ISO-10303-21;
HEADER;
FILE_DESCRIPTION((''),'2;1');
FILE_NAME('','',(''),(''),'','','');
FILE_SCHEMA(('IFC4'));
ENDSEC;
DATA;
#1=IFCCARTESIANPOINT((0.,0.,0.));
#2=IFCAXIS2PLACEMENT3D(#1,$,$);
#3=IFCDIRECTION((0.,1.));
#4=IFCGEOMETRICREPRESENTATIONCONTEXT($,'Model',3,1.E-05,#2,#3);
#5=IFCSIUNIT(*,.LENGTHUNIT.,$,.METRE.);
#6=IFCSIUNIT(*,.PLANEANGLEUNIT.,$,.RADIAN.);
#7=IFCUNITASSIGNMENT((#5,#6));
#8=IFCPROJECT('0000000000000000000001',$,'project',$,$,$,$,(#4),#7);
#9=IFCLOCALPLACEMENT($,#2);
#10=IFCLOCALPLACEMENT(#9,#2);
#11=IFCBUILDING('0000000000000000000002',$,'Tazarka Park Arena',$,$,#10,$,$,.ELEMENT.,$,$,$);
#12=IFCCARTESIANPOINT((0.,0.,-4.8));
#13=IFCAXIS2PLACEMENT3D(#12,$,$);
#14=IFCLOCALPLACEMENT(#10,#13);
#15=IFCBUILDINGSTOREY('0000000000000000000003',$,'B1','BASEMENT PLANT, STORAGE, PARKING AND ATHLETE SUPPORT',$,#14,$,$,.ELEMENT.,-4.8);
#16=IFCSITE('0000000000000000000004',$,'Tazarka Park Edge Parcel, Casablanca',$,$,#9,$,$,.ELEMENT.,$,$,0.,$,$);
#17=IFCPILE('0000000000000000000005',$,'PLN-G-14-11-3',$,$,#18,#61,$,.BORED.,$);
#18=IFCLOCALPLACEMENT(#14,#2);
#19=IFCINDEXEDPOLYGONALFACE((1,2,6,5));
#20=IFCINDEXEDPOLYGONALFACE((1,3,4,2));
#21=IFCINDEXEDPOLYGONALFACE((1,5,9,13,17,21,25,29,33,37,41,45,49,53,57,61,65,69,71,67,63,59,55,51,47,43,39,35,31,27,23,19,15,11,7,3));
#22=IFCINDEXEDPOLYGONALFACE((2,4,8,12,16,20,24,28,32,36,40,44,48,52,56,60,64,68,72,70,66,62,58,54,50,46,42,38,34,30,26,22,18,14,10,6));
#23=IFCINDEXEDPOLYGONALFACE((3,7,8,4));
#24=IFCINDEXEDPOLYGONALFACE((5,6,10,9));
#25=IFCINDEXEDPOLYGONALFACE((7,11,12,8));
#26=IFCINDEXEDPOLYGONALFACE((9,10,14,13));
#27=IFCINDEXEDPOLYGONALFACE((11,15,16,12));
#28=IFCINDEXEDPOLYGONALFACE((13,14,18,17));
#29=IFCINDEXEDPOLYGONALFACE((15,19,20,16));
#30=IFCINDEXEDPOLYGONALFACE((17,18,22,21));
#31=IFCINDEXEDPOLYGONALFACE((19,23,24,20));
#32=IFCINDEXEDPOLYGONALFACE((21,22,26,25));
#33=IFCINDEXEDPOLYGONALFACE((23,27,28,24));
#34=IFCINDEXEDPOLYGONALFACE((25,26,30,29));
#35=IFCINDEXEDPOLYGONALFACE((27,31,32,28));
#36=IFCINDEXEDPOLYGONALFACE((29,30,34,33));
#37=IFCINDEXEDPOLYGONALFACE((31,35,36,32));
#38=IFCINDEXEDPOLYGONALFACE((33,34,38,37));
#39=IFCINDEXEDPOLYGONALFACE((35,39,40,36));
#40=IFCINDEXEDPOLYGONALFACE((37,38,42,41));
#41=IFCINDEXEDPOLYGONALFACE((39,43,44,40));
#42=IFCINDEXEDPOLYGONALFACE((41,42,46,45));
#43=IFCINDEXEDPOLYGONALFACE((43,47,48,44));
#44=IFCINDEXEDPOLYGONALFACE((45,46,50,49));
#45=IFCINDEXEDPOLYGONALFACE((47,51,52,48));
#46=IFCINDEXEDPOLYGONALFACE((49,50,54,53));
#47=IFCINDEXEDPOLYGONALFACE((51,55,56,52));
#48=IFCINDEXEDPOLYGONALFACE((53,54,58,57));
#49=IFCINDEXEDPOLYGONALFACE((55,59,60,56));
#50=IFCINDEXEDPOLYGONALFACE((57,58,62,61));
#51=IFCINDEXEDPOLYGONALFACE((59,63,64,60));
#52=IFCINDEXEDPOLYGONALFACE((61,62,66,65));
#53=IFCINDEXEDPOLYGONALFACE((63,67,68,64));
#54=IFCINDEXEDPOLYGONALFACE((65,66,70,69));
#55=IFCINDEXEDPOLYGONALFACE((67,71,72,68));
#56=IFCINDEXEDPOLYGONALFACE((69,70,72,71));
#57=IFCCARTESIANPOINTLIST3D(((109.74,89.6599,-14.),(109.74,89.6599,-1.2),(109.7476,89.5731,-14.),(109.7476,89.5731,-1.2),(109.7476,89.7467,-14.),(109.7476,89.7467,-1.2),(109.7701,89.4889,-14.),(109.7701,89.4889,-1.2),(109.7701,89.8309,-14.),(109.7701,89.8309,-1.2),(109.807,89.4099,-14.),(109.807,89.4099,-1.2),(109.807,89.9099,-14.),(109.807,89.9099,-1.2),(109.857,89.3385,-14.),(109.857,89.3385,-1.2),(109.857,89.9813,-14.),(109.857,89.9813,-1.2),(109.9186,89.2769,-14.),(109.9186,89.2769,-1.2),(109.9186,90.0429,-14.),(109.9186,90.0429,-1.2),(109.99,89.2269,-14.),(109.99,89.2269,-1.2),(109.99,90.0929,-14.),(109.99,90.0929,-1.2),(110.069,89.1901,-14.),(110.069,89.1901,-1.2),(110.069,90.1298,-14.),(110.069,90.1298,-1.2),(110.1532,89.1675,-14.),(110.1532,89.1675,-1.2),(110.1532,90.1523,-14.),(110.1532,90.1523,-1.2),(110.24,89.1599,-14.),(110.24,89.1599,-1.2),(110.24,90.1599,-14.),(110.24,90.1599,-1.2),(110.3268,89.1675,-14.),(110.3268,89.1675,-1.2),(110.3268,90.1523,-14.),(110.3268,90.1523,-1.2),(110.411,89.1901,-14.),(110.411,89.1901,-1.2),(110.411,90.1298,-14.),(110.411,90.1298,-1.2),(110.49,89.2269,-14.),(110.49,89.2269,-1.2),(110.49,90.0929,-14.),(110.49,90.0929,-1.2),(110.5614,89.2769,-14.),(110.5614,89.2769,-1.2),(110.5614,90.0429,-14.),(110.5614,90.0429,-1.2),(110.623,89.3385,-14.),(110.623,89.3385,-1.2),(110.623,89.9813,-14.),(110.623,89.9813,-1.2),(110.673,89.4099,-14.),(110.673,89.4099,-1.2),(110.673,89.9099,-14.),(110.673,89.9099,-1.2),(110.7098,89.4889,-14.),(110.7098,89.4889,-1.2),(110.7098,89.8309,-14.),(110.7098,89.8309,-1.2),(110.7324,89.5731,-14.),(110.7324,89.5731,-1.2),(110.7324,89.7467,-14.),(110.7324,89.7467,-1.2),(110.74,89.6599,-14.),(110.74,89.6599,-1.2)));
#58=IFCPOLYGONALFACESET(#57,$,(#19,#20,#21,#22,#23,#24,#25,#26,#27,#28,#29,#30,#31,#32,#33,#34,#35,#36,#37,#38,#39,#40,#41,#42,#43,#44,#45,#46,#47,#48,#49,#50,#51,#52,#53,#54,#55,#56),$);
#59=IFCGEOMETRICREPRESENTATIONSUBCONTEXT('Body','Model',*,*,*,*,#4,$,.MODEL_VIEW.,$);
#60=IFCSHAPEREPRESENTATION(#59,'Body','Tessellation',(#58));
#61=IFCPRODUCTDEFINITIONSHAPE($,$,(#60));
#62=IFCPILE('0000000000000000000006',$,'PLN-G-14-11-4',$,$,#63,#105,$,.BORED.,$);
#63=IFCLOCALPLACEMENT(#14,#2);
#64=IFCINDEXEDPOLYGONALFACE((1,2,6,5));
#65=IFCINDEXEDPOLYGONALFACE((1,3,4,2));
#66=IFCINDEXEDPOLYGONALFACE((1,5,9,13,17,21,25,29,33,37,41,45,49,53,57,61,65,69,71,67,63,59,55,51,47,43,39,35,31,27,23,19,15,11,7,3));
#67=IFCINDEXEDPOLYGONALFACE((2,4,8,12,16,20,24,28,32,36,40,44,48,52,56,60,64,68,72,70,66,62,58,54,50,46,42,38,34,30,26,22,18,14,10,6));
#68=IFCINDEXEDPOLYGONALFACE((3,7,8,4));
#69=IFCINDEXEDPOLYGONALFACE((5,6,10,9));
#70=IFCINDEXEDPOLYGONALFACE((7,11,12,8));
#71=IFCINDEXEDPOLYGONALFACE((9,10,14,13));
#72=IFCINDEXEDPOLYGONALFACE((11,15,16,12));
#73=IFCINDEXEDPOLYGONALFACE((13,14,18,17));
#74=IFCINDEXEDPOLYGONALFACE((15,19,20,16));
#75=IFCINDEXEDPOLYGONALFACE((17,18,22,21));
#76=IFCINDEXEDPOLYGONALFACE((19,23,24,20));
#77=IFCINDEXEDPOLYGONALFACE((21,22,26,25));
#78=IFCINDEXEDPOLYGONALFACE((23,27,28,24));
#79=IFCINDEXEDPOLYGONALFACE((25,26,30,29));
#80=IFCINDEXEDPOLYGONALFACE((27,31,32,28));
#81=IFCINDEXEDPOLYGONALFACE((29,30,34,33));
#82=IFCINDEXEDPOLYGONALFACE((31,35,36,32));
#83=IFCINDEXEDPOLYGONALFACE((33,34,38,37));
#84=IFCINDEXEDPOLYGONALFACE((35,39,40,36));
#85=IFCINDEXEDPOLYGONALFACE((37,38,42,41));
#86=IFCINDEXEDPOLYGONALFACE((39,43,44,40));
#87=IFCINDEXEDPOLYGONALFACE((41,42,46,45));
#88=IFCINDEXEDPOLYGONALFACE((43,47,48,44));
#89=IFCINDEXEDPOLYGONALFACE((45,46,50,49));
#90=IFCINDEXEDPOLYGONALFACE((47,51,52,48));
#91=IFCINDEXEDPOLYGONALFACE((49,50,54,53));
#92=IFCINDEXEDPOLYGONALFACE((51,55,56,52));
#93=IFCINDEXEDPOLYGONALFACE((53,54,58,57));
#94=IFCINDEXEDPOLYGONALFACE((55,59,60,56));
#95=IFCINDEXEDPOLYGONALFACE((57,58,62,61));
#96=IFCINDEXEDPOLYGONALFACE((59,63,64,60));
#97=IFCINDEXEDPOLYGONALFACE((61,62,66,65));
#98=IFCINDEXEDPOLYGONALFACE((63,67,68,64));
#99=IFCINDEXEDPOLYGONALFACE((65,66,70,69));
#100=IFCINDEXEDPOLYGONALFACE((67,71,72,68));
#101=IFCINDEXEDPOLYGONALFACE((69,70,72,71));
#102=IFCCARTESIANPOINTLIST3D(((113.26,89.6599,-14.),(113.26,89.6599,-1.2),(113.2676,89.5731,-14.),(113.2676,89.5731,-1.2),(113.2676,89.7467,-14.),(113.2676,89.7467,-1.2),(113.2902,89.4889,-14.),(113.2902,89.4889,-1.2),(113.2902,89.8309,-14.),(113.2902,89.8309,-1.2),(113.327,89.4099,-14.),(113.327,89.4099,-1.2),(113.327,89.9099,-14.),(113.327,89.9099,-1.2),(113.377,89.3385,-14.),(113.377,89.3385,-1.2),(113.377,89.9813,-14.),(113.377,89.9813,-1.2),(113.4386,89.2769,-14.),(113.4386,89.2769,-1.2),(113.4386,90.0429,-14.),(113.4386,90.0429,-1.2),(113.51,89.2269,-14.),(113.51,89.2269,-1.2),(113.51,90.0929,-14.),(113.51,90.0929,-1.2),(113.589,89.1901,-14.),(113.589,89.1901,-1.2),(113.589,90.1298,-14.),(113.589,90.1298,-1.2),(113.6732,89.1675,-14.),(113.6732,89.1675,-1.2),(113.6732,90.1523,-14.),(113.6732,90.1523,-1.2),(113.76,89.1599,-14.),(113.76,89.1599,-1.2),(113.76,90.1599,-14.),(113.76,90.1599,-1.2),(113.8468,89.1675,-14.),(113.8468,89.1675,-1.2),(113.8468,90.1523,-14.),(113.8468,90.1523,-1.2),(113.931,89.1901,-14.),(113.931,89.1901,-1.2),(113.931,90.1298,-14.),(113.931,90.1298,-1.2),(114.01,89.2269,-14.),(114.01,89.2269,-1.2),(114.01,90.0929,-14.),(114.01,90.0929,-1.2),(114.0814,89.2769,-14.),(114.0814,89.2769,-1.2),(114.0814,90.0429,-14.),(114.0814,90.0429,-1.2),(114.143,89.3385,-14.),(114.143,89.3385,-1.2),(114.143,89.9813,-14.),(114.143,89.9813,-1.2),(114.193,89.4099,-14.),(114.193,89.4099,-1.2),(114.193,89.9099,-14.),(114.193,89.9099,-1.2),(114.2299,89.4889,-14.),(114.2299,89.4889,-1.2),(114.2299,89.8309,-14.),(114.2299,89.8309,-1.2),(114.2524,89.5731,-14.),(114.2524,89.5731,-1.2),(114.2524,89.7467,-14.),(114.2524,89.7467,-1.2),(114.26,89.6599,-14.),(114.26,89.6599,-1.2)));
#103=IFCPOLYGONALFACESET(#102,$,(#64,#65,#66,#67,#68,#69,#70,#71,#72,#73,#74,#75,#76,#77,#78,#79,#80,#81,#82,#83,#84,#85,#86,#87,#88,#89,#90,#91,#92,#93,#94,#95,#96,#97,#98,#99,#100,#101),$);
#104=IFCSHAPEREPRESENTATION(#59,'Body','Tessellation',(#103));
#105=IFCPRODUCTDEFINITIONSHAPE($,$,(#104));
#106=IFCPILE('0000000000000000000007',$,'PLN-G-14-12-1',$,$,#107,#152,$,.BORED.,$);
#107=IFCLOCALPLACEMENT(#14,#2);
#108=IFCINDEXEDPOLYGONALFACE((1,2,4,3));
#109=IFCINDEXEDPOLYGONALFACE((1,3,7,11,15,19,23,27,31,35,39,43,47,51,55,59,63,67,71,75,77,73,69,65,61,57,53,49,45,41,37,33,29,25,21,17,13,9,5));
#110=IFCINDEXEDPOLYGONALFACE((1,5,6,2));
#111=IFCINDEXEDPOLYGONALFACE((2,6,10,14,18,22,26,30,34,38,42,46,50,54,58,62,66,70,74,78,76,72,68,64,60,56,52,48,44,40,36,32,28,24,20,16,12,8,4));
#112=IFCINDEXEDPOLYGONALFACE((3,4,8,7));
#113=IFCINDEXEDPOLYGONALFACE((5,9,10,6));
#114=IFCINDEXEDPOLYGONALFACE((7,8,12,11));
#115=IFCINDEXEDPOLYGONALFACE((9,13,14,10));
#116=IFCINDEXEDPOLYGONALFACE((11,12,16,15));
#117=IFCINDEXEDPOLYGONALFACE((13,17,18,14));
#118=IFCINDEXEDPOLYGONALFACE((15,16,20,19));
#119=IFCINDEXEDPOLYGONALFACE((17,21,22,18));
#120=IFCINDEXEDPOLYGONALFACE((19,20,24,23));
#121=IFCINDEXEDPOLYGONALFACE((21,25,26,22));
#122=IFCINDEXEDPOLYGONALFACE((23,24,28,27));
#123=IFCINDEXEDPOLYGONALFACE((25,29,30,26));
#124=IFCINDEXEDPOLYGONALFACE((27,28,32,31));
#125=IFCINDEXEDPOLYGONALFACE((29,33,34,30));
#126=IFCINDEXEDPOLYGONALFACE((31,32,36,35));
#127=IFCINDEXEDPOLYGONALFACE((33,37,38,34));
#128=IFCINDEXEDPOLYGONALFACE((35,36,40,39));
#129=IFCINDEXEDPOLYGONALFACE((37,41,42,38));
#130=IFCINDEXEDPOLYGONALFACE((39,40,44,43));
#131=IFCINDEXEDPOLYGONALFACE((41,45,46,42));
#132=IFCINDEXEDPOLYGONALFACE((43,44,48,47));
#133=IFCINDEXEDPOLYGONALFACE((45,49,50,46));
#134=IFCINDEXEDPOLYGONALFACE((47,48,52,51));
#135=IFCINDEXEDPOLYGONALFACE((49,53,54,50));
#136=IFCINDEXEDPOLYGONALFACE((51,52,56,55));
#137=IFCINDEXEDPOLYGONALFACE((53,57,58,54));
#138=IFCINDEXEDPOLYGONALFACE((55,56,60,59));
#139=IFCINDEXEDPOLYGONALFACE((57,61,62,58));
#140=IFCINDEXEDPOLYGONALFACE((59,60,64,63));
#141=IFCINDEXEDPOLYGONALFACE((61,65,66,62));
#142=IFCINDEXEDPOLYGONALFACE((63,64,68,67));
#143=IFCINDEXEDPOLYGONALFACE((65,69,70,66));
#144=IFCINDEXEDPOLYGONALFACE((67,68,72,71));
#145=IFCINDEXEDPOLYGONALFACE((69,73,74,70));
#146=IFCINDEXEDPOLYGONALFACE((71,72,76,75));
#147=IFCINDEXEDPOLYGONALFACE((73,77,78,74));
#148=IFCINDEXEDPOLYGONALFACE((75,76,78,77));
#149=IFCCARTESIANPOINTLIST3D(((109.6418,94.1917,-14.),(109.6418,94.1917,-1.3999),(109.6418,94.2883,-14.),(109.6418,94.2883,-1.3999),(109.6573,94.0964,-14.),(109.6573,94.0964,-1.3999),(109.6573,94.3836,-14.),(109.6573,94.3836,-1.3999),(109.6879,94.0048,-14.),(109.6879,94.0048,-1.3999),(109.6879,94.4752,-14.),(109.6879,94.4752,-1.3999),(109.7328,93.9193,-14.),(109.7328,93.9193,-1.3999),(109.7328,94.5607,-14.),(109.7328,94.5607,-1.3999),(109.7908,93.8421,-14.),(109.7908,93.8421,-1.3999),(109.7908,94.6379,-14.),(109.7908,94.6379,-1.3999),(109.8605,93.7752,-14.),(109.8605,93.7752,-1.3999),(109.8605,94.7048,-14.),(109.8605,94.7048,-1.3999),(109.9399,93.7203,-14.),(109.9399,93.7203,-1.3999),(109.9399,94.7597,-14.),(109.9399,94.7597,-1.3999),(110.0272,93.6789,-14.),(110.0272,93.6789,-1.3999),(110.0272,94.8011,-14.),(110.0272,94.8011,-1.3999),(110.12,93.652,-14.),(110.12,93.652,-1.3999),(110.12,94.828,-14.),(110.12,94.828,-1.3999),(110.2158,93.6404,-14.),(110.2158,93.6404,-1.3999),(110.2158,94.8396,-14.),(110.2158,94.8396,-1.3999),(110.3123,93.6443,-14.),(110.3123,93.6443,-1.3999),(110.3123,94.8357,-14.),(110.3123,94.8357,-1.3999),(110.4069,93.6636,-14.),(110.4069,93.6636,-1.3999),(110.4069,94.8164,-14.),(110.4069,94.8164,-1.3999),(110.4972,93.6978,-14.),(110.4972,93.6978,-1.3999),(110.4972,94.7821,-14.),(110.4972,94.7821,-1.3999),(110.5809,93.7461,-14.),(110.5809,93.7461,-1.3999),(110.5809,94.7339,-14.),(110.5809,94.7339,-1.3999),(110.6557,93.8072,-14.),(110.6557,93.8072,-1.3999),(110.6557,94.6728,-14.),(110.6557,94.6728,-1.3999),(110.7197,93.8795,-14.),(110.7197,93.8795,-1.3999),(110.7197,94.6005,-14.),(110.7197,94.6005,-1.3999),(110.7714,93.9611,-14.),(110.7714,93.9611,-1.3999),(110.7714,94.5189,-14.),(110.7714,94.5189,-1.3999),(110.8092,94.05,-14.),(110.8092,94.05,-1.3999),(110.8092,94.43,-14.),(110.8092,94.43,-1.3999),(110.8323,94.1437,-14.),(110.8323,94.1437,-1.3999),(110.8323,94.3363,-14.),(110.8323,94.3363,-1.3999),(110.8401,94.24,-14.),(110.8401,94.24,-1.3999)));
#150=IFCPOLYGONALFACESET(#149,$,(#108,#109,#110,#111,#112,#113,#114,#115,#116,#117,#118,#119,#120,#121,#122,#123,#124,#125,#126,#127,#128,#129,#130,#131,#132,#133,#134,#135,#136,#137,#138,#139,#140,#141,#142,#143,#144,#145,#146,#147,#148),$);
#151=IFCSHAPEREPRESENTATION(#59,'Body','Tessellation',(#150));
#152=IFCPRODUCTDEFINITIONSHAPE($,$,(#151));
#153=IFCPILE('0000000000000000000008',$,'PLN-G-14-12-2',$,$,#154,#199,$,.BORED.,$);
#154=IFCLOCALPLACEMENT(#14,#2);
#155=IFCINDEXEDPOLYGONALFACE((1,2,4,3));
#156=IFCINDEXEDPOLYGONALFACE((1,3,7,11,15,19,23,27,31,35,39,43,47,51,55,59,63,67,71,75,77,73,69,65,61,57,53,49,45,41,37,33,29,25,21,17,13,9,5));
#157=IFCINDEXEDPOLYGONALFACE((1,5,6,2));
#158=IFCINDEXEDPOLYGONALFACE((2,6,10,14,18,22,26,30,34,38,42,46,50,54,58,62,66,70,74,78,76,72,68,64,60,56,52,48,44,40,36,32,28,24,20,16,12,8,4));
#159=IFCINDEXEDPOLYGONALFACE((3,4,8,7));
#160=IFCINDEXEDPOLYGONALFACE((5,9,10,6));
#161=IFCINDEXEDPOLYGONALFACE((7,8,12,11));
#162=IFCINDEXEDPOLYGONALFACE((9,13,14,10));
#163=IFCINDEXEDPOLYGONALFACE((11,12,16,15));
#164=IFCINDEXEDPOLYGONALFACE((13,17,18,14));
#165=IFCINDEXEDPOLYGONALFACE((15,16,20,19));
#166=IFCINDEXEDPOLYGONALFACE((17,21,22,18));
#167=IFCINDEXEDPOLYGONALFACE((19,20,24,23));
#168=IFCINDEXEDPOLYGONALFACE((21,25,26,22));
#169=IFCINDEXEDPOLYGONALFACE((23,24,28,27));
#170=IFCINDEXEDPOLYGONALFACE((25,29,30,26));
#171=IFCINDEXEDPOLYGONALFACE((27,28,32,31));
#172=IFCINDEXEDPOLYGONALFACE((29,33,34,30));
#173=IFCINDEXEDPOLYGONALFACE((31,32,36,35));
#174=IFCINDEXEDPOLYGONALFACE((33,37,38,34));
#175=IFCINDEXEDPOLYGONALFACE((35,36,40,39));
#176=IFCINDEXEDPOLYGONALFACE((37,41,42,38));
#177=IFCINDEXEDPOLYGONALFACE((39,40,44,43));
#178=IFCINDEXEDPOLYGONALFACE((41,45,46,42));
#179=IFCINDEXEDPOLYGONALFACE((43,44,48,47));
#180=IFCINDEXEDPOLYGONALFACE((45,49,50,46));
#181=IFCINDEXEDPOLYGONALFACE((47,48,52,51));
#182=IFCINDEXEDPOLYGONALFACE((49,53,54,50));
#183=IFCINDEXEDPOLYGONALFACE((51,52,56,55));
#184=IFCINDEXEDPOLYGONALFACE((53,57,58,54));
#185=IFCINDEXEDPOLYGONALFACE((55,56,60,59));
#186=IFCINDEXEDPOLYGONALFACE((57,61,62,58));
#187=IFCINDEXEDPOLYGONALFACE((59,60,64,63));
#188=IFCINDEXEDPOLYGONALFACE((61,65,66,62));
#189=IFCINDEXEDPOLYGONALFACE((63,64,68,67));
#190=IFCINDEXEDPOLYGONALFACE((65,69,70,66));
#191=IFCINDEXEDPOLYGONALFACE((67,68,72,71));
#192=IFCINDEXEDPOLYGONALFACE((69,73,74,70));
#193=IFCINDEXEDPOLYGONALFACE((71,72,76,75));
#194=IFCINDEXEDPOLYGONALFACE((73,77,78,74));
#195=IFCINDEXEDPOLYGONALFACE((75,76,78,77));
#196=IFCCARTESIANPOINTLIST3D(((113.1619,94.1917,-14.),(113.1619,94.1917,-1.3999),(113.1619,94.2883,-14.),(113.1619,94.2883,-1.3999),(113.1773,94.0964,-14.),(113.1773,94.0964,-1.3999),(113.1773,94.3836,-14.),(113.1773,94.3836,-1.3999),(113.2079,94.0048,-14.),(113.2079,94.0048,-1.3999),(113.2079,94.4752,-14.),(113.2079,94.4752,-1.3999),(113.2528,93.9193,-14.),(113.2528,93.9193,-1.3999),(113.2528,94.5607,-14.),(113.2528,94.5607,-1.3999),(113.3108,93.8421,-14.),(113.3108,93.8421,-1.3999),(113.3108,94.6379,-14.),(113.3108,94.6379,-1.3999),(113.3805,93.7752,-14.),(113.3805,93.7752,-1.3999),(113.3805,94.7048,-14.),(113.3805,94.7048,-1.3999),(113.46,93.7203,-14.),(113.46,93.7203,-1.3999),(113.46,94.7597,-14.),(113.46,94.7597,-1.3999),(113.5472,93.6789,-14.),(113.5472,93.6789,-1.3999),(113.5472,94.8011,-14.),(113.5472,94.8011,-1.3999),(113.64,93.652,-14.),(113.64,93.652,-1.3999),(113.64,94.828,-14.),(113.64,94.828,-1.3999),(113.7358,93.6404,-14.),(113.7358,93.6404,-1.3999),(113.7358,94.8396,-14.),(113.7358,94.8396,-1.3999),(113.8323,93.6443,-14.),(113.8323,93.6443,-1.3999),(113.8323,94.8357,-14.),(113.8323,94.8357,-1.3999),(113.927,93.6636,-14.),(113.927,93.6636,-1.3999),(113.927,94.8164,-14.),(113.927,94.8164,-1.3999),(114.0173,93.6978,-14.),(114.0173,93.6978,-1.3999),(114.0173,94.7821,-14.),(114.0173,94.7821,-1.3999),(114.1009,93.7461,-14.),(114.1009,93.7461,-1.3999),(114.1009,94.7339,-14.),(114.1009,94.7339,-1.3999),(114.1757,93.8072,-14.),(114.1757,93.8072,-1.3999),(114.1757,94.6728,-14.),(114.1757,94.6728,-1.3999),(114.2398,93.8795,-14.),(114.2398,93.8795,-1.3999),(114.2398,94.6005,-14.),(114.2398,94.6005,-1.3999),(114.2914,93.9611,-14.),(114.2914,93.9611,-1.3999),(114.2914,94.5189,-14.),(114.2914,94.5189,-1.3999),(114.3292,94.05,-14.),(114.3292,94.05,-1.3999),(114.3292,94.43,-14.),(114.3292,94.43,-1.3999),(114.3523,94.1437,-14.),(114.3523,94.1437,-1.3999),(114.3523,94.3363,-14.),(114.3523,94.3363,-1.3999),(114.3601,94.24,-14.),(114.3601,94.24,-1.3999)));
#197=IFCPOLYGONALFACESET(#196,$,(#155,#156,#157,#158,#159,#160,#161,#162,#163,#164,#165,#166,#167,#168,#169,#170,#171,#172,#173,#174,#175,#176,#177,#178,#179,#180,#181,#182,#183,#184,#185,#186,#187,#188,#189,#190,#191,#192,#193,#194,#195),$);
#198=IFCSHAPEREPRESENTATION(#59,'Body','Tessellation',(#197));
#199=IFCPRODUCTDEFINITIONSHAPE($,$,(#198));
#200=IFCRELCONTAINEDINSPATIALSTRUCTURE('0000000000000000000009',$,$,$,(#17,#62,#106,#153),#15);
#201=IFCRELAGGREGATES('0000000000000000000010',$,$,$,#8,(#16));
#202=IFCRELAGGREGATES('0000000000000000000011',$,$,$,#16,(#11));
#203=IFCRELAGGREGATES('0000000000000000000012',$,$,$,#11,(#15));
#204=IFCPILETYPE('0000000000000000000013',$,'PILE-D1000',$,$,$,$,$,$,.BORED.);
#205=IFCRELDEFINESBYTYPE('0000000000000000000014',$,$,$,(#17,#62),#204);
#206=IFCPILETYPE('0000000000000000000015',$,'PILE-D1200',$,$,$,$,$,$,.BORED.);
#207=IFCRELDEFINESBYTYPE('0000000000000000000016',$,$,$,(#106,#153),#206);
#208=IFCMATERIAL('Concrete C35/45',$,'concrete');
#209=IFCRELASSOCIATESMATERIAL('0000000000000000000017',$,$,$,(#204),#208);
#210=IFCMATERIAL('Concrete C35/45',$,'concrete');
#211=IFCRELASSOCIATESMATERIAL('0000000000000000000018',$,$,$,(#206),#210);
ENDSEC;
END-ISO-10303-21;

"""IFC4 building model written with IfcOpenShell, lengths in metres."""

from ifc_helpers import new_model, si_unit, direction, frame, origin, origin_2d, place, context, subcontext, project, spatial, circle, extrude, material, material_profile, profile_set, type_object, element, save


model = new_model("IFC4")

# Units and contexts
model_context = context("Model", 3, precision=1e-05, world=origin(), true_north=direction((0.0, 1.0)))
body_context = subcontext(model_context, "Body", "Model", "MODEL_VIEW")
ifc_project = project(units=[si_unit("LENGTHUNIT", "METRE"), si_unit("PLANEANGLEUNIT", "RADIAN")], contexts=[model_context])

# Site, building, storey
site_placement = place(None, origin())
site = spatial("IfcSite", under=ifc_project, at=site_placement, Name="Tazarka Park Edge Parcel, Casablanca", CompositionType="ELEMENT", RefElevation=0.0)
building_placement = place(site_placement, origin())
building = spatial("IfcBuilding", under=site, at=building_placement, Name="Tazarka Park Arena", CompositionType="ELEMENT")
storey_placement = place(building_placement, frame((0.0, 0.0, -4.8)))
storey = spatial("IfcBuildingStorey", under=building, at=storey_placement, Name="B1", Description="BASEMENT PLANT, STORAGE, PARKING AND ATHLETE SUPPORT", CompositionType="ELEMENT", Elevation=-4.8)

# Piles
ifc_material_1 = material(Name="Concrete C35/45", Category="concrete")
ifc_material_profile_1 = material_profile(ifc_material_1, circle(Radius=0.5, at=origin_2d()), Name="Concrete C35/45")
ifc_profile_set_1 = profile_set([ifc_material_profile_1], Name="Concrete C35/45")
pile_type_1 = type_object("IfcPileType", Name="PILE-D1000", PredefinedType="BORED", material=ifc_profile_set_1)
for number, where, z_axis, x_axis, name in (
    (1, (110.24, 89.6599, -1.2), (0.0, 0.0, -1.0), (1.0, 0.0, 0.0), "PLN-G-14-11-3"),
    (2, (113.76, 89.6599, -1.2), (0.0, 0.0, -1.0), (1.0, 0.0, 0.0), "PLN-G-14-11-4"),
):
    element("IfcPile", number, at=place(storey_placement, frame(where, z_axis=z_axis, x_axis=x_axis)), inside=storey, type_object=pile_type_1, Name=name, PredefinedType="BORED", context=body_context, shape_type="SweptSolid", body=[
        extrude(circle(Radius=0.5, at=origin_2d()), origin(), (0.0, 0.0, 1.0), 12.8),
    ])
ifc_material_2 = material(Name="Concrete C35/45", Category="concrete")
ifc_material_profile_2 = material_profile(ifc_material_2, circle(Radius=0.6001, at=origin_2d()), Name="Concrete C35/45")
ifc_profile_set_2 = profile_set([ifc_material_profile_2], Name="Concrete C35/45")
pile_type_2 = type_object("IfcPileType", Name="PILE-D1200", PredefinedType="BORED", material=ifc_profile_set_2)
for number, where, z_axis, x_axis, name in (
    (3, (110.24, 94.24, -1.3999), (0.0, 0.0, -1.0), (1.0, 0.0, 0.0), "PLN-G-14-12-1"),
    (4, (113.76, 94.24, -1.3999), (0.0, 0.0, -1.0), (1.0, 0.0, 0.0), "PLN-G-14-12-2"),
):
    element("IfcPile", number, at=place(storey_placement, frame(where, z_axis=z_axis, x_axis=x_axis)), inside=storey, type_object=pile_type_2, Name=name, PredefinedType="BORED", context=body_context, shape_type="SweptSolid", body=[
        extrude(circle(Radius=0.6001, at=origin_2d()), origin(), (0.0, 0.0, 1.0), 12.6001),
    ])

save(model, "model.ifc")
